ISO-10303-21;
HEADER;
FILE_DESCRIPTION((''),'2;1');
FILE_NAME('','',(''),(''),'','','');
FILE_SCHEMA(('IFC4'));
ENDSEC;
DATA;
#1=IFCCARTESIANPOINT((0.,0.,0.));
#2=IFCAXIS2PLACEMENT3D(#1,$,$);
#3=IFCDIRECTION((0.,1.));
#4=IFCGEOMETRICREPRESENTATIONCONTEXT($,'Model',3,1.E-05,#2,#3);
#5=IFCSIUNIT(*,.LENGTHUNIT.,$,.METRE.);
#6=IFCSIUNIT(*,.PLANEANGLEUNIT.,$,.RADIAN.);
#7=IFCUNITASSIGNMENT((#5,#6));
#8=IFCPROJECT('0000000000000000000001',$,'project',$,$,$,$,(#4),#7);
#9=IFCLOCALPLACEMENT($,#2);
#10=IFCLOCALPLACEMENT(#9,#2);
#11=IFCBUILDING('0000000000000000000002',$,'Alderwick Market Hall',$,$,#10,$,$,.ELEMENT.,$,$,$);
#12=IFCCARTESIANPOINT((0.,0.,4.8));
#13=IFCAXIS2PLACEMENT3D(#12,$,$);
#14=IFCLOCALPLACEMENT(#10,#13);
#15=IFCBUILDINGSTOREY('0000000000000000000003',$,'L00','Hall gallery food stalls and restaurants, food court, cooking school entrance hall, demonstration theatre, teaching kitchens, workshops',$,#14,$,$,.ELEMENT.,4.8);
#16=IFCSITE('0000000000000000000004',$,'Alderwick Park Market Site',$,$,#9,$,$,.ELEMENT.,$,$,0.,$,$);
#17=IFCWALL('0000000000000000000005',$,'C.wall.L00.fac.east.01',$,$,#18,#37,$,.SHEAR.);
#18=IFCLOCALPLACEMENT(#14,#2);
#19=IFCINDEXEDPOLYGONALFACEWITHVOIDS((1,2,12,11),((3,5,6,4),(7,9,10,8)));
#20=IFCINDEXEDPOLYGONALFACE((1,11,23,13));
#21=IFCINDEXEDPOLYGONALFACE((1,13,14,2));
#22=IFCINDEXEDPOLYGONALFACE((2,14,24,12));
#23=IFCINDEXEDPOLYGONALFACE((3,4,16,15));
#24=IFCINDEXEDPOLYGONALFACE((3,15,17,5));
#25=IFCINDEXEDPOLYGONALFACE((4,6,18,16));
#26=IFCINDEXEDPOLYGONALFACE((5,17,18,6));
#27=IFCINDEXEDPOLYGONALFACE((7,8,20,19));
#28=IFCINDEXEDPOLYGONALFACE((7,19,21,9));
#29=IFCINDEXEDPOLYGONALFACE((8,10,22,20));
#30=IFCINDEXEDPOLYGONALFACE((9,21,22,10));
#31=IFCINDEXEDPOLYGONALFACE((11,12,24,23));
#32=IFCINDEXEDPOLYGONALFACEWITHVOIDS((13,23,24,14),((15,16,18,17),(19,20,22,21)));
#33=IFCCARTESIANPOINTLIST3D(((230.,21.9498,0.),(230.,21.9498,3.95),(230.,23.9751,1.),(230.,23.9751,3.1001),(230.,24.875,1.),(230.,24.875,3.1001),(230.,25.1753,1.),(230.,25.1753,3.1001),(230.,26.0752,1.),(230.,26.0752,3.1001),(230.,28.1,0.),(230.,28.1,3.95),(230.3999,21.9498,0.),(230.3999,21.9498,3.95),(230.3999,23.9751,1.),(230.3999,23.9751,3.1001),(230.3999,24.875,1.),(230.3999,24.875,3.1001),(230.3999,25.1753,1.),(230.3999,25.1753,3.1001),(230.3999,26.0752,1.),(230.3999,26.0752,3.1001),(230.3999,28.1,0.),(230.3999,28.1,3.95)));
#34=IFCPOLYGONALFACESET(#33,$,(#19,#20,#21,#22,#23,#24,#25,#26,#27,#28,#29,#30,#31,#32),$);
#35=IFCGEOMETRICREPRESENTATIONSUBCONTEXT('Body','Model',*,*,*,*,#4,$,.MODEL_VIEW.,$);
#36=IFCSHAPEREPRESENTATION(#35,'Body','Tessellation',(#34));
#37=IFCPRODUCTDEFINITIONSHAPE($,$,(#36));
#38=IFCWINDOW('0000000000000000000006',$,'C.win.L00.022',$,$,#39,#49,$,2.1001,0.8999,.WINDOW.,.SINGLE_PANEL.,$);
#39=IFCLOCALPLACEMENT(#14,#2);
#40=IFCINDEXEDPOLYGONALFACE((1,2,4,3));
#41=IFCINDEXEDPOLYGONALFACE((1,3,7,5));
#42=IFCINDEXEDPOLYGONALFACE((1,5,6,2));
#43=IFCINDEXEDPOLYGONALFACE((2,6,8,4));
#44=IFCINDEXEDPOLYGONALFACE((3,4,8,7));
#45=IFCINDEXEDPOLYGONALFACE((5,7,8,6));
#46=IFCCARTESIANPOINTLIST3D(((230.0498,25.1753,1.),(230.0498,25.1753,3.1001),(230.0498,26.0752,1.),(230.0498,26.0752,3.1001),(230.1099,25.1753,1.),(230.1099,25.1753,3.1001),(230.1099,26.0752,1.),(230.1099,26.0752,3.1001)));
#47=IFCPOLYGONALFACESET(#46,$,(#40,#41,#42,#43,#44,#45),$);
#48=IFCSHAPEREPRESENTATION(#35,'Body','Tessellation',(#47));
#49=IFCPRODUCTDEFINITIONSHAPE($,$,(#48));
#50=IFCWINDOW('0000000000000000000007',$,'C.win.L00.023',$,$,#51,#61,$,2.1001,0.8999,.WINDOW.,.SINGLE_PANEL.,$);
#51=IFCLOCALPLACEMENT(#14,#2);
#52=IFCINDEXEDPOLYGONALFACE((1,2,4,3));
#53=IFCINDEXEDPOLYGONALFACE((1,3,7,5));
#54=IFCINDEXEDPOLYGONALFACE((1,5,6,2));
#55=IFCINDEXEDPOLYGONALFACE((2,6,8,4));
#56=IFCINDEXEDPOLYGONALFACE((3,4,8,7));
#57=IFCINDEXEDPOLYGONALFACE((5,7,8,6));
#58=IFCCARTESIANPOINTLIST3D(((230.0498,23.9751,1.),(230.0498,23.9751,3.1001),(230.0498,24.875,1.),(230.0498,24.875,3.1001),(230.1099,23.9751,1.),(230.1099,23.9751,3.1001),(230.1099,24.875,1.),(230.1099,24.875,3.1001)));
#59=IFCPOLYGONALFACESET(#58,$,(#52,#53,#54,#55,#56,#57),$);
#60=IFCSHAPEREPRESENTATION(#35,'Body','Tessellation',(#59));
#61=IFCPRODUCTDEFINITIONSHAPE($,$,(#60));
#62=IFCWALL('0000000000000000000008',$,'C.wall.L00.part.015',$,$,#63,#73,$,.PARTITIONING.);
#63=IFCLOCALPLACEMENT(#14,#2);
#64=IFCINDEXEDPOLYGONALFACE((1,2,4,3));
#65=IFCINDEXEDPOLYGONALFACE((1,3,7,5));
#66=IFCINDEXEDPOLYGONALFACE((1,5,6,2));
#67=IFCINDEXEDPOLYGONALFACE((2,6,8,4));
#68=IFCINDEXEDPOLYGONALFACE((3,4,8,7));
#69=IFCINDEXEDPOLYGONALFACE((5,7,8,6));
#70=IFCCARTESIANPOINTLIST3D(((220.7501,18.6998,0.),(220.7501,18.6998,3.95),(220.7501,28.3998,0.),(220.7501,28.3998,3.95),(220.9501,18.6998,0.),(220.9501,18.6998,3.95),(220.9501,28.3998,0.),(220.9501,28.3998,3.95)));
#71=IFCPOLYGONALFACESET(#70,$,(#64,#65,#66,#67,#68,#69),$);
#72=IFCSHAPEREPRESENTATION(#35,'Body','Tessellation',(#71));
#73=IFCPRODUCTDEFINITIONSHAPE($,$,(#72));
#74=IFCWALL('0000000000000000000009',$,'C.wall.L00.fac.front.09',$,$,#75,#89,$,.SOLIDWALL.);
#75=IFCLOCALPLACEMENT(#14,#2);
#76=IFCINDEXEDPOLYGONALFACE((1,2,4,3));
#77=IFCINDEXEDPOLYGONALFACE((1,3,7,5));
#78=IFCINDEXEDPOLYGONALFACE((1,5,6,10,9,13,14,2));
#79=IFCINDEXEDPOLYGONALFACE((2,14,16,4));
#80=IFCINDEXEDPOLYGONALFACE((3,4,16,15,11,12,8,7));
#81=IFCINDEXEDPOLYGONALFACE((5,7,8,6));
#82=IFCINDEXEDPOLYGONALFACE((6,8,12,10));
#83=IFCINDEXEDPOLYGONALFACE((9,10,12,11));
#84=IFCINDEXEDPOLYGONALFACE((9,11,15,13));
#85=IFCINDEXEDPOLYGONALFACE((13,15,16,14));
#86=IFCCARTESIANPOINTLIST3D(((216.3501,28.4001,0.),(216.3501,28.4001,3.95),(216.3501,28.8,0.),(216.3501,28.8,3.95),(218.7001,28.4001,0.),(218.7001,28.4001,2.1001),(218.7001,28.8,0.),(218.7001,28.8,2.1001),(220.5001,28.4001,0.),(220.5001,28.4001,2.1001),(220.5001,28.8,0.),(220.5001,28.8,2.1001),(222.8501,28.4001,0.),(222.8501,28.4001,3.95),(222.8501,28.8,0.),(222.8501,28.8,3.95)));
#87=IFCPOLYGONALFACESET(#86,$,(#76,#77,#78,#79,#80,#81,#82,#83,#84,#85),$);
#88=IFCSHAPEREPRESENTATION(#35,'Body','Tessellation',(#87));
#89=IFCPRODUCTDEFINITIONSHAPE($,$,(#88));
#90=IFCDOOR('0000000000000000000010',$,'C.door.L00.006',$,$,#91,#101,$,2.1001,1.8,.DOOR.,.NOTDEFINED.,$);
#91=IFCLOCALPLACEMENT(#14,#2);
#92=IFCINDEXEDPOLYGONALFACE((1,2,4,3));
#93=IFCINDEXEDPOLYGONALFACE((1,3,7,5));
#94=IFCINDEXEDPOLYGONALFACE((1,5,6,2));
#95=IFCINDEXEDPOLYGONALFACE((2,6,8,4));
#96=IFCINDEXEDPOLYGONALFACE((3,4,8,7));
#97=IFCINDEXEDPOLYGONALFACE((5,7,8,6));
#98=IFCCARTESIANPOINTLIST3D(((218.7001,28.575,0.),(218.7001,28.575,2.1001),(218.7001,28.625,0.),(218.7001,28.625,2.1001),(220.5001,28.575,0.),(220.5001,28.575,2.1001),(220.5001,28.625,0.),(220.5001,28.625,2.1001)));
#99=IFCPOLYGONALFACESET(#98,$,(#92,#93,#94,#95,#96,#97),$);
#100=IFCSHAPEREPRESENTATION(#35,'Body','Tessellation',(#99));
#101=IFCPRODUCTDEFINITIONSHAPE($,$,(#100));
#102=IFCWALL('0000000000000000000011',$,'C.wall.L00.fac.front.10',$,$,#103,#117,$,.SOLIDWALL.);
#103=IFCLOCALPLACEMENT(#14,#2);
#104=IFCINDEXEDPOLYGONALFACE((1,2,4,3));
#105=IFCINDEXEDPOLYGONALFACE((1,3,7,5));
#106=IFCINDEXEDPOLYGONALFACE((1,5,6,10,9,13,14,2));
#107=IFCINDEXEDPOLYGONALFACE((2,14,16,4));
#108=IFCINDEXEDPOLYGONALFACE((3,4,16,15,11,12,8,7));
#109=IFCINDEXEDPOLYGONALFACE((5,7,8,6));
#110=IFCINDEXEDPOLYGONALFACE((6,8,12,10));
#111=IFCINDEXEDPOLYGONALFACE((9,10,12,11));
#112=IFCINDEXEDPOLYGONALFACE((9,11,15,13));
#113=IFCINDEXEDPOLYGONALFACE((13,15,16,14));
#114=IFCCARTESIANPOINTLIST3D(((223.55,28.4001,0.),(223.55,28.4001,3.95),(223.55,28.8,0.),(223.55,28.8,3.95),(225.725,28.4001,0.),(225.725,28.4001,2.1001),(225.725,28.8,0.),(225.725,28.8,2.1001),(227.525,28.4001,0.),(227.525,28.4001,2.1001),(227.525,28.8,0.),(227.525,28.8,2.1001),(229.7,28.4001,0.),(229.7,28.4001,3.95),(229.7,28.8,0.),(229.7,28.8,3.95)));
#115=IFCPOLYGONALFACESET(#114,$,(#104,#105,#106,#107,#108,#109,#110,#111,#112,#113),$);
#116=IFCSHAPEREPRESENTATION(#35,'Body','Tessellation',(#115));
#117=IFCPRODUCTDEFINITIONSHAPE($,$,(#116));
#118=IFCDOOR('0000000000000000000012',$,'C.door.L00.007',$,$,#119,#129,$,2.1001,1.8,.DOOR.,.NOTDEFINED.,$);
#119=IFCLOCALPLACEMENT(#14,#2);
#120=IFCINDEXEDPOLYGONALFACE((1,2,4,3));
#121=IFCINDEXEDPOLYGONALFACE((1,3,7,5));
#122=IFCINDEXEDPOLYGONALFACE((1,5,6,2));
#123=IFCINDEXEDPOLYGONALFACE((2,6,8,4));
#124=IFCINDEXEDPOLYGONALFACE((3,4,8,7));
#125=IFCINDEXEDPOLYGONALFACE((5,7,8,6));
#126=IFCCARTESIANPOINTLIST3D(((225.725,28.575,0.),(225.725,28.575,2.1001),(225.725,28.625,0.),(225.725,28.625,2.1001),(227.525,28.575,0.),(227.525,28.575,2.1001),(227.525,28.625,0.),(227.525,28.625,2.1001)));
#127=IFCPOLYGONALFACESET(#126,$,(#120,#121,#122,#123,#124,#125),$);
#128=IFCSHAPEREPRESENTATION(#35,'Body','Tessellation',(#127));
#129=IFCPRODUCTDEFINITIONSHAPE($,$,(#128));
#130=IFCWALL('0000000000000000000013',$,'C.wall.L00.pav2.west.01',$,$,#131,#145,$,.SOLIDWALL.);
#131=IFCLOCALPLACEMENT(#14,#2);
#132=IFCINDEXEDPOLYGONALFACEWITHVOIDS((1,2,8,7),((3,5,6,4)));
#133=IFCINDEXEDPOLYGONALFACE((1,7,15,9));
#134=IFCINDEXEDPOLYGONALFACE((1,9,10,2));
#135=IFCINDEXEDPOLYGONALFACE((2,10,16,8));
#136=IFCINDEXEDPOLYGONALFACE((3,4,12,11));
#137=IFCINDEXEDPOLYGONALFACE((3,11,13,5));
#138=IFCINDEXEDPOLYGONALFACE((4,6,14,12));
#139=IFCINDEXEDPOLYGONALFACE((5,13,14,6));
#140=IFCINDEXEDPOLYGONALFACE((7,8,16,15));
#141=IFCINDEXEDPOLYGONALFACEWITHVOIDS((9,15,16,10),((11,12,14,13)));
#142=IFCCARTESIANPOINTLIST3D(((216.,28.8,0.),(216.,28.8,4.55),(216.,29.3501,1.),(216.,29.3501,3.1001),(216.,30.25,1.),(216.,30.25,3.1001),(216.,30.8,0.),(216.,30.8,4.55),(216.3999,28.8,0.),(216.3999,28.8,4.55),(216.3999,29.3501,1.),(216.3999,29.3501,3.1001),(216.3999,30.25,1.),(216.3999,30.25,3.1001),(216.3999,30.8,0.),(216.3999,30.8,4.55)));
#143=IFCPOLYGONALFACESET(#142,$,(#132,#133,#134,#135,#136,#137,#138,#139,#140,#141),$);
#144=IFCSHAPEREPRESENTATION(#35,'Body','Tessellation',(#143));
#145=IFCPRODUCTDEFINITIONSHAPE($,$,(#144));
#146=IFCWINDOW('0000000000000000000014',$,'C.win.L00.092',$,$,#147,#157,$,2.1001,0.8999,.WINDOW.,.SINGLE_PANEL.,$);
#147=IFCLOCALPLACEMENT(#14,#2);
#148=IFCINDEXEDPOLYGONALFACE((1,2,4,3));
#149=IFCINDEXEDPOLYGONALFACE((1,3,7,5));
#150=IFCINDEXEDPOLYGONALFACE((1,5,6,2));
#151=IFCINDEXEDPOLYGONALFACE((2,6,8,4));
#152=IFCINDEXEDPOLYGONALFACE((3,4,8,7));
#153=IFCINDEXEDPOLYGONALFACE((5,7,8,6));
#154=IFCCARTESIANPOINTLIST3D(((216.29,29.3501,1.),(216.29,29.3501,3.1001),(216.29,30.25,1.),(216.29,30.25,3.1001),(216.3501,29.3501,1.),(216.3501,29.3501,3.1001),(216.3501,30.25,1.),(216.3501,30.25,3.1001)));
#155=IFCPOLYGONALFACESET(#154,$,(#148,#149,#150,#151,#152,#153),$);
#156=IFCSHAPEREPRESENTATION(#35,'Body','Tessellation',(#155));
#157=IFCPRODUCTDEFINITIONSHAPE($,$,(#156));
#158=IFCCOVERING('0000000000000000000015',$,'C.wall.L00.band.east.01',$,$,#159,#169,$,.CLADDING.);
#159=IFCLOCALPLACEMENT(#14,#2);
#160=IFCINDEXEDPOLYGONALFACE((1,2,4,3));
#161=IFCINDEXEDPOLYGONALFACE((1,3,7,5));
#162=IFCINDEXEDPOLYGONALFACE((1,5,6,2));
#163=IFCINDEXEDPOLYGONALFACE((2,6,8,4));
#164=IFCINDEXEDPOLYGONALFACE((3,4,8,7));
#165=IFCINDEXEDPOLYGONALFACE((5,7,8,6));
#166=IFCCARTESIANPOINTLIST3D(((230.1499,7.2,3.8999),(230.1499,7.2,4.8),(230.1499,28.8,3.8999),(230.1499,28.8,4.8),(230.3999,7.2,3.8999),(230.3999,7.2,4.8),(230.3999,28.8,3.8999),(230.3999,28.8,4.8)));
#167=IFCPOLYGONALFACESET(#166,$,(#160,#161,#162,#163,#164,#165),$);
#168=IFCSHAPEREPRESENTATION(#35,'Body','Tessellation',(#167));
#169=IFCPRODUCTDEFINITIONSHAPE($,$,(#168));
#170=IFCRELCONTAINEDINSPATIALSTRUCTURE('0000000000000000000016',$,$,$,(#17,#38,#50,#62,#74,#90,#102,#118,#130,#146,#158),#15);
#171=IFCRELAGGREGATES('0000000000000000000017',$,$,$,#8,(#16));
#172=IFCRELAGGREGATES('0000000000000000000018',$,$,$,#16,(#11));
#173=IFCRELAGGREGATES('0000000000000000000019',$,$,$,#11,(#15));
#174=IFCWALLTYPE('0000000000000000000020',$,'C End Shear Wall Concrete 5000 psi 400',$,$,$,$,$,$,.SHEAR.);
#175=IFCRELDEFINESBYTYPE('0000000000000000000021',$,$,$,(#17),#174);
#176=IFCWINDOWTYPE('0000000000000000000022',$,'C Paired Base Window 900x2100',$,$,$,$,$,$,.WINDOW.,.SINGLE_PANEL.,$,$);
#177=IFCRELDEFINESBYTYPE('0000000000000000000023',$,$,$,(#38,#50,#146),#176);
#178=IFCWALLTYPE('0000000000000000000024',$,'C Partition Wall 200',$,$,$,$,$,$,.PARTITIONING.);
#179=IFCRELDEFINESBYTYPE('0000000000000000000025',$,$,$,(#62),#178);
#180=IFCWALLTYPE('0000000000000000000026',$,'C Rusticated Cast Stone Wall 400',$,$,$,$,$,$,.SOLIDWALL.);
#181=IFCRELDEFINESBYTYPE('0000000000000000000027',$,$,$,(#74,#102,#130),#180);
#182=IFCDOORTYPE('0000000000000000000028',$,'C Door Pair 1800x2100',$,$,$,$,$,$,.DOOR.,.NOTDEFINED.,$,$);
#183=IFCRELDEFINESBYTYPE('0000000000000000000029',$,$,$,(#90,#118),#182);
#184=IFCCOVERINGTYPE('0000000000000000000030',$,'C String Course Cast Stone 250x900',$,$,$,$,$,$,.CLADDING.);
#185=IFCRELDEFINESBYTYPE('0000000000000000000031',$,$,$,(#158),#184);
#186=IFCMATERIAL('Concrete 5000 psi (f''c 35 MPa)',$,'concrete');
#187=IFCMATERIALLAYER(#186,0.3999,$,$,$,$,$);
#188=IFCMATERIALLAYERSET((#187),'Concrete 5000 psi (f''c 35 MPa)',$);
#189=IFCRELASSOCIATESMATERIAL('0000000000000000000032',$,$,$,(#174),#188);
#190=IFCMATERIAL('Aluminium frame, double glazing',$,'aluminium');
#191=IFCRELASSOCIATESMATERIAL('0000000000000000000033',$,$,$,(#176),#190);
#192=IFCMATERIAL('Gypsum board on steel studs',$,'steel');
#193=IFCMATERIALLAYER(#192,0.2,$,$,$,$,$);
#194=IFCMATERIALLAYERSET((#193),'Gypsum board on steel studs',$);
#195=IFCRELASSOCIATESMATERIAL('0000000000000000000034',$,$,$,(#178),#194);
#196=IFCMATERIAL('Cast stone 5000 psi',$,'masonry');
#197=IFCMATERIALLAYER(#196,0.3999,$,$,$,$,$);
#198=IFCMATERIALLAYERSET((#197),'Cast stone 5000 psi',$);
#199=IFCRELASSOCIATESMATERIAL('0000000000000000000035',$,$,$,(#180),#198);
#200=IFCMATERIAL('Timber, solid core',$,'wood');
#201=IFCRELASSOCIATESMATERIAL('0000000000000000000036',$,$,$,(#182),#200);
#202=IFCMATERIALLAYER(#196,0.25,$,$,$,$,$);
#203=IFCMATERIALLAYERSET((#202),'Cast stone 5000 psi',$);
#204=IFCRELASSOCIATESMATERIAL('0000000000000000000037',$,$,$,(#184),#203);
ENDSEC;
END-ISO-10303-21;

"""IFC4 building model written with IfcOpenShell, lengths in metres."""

from ifc_helpers import new_model, si_unit, direction, frame, frame_2d, origin, place, context, subcontext, project, spatial, rectangle, extrude, material, layer, layer_set, type_object, element, fill, save


model = new_model("IFC4")

# Units and contexts
model_context = context("Model", 3, precision=1e-05, world=origin(), true_north=direction((0.0, 1.0)))
body_context = subcontext(model_context, "Body", "Model", "MODEL_VIEW")
ifc_project = project(units=[si_unit("LENGTHUNIT", "METRE"), si_unit("PLANEANGLEUNIT", "RADIAN")], contexts=[model_context])

# Site, building, storey
site_placement = place(None, origin())
site = spatial("IfcSite", under=ifc_project, at=site_placement, Name="Alderwick Park Market Site", CompositionType="ELEMENT", RefElevation=0.0)
building_placement = place(site_placement, origin())
building = spatial("IfcBuilding", under=site, at=building_placement, Name="Alderwick Market Hall", CompositionType="ELEMENT")
storey_placement = place(building_placement, frame((0.0, 0.0, 4.8)))
storey = spatial("IfcBuildingStorey", under=building, at=storey_placement, Name="L00", Description="Hall gallery food stalls and restaurants, food court, cooking school entrance hall, demonstration theatre, teaching kitchens, workshops", CompositionType="ELEMENT", Elevation=4.8)

# Shared definitions
ifc_material_1 = material(Name="Concrete 5000 psi (f'c 35 MPa)", Category="concrete")

# Wall, openings, windows
ifc_layer_1 = layer(ifc_material_1, 0.3999)
ifc_layer_set_1 = layer_set([ifc_layer_1], Name="Concrete 5000 psi (f'c 35 MPa)")
wall_type_1 = type_object("IfcWallType", Name="C End Shear Wall Concrete 5000 psi 400", PredefinedType="SHEAR", material=ifc_layer_set_1)
wall_1_placement = place(storey_placement, frame((230.2, 28.1001, 0.0), z_axis=(0.0, 0.0, 1.0), x_axis=(0.0, -1.0, 0.0)))
wall_1 = element("IfcWall", 1, at=wall_1_placement, inside=storey, type_object=wall_type_1, Name="C.wall.L00.fac.east.01", PredefinedType="SHEAR", context=body_context, shape_type="SweptSolid", body=[
    extrude(rectangle(XDim=6.1501, YDim=0.3999, at=frame_2d((3.0752, 0.0))), origin(), (0.0, 0.0, 1.0), 3.95),
])
opening_1_placement = place(wall_1_placement, frame((2.0249, 0.0, 1.0)))
opening_1 = element("IfcOpeningElement", 2, at=opening_1_placement, cuts=wall_1, PredefinedType="OPENING", context=body_context, shape_type="SweptSolid", body=[
    extrude(rectangle(XDim=0.8999, YDim=2.1001, at=frame_2d((0.45, 1.05))), frame((0.0, 0.21, 0.0), z_axis=(0.0, -1.0, 0.0), x_axis=(1.0, 0.0, 0.0)), (0.0, 0.0, 1.0), 0.4199),
])
opening_2_placement = place(wall_1_placement, frame((3.2251, 0.0, 1.0)))
opening_2 = element("IfcOpeningElement", 3, at=opening_2_placement, cuts=wall_1, PredefinedType="OPENING", context=body_context, shape_type="SweptSolid", body=[
    extrude(rectangle(XDim=0.8999, YDim=2.1001, at=frame_2d((0.45, 1.05))), frame((0.0, 0.21, 0.0), z_axis=(0.0, -1.0, 0.0), x_axis=(1.0, 0.0, 0.0)), (0.0, 0.0, 1.0), 0.4199),
])
ifc_material_2 = material(Name="Aluminium frame, double glazing", Category="aluminium")
window_type = type_object("IfcWindowType", Name="C Paired Base Window 900x2100", PartitioningType="SINGLE_PANEL", PredefinedType="WINDOW", material=ifc_material_2)
window_1_placement = place(opening_1_placement, origin())
window_1 = element("IfcWindow", 4, at=window_1_placement, inside=storey, type_object=window_type, Name="C.win.L00.022", OverallHeight=2.1001, OverallWidth=0.8999, PartitioningType="SINGLE_PANEL", PredefinedType="WINDOW", context=body_context, shape_type="SweptSolid", body=[
    extrude(rectangle(XDim=0.8999, YDim=2.1001, at=frame_2d((0.45, 1.05))), frame((0.0, -0.0901, 0.0), z_axis=(0.0, -1.0, 0.0), x_axis=(1.0, 0.0, 0.0)), (0.0, 0.0, 1.0), 0.0601),
])
fill(opening_1, window_1)
window_2_placement = place(opening_2_placement, origin())
window_2 = element("IfcWindow", 5, at=window_2_placement, inside=storey, type_object=window_type, Name="C.win.L00.023", OverallHeight=2.1001, OverallWidth=0.8999, PartitioningType="SINGLE_PANEL", PredefinedType="WINDOW", context=body_context, shape_type="SweptSolid", body=[
    extrude(rectangle(XDim=0.8999, YDim=2.1001, at=frame_2d((0.45, 1.05))), frame((0.0, -0.0901, 0.0), z_axis=(0.0, -1.0, 0.0), x_axis=(1.0, 0.0, 0.0)), (0.0, 0.0, 1.0), 0.0601),
])
fill(opening_2, window_2)

# Wall
ifc_material_3 = material(Name="Gypsum board on steel studs", Category="steel")
ifc_layer_2 = layer(ifc_material_3, 0.2)
ifc_layer_set_2 = layer_set([ifc_layer_2], Name="Gypsum board on steel studs")
wall_type_2 = type_object("IfcWallType", Name="C Partition Wall 200", PredefinedType="PARTITIONING", material=ifc_layer_set_2)
wall_2_placement = place(storey_placement, frame((220.8501, 28.3999, 0.0), z_axis=(0.0, 0.0, 1.0), x_axis=(0.0, -1.0, 0.0)))
element("IfcWall", 6, at=wall_2_placement, inside=storey, type_object=wall_type_2, Name="C.wall.L00.part.015", PredefinedType="PARTITIONING", context=body_context, shape_type="SweptSolid", body=[
    extrude(rectangle(XDim=9.7, YDim=0.2, at=frame_2d((4.8501, 0.0))), origin(), (0.0, 0.0, 1.0), 3.95),
])

# Walls, openings, doors
ifc_material_4 = material(Name="Cast stone 5000 psi", Category="masonry")
ifc_layer_3 = layer(ifc_material_4, 0.3999)
ifc_layer_set_3 = layer_set([ifc_layer_3], Name="Cast stone 5000 psi")
wall_type_3 = type_object("IfcWallType", Name="C Rusticated Cast Stone Wall 400", PredefinedType="SOLIDWALL", material=ifc_layer_set_3)
wall_3_placement = place(storey_placement, frame((216.3501, 28.6001, 0.0), z_axis=(0.0, 0.0, 1.0), x_axis=(1.0, 0.0, 0.0)))
wall_3 = element("IfcWall", 7, at=wall_3_placement, inside=storey, type_object=wall_type_3, Name="C.wall.L00.fac.front.09", PredefinedType="SOLIDWALL", context=body_context, shape_type="SweptSolid", body=[
    extrude(rectangle(XDim=6.5, YDim=0.3999, at=frame_2d((3.25, 0.0))), origin(), (0.0, 0.0, 1.0), 3.95),
])
opening_3_placement = place(wall_3_placement, frame((2.3501, 0.0, 0.0)))
opening_3 = element("IfcOpeningElement", 8, at=opening_3_placement, cuts=wall_3, PredefinedType="OPENING", context=body_context, shape_type="SweptSolid", body=[
    extrude(rectangle(XDim=1.8, YDim=2.1001, at=frame_2d((0.8999, 1.05))), frame((0.0, 0.21, 0.0), z_axis=(0.0, -1.0, 0.0), x_axis=(1.0, 0.0, 0.0)), (0.0, 0.0, 1.0), 0.4199),
])
ifc_material_5 = material(Name="Timber, solid core", Category="wood")
door_type = type_object("IfcDoorType", Name="C Door Pair 1800x2100", OperationType="NOTDEFINED", PredefinedType="DOOR", material=ifc_material_5)
door_1_placement = place(opening_3_placement, origin())
door_1 = element("IfcDoor", 9, at=door_1_placement, inside=storey, type_object=door_type, Name="C.door.L00.006", OperationType="NOTDEFINED", OverallHeight=2.1001, OverallWidth=1.8, PredefinedType="DOOR", context=body_context, shape_type="SweptSolid", body=[
    extrude(rectangle(XDim=1.8, YDim=2.1001, at=frame_2d((0.8999, 1.05))), frame((0.0, 0.0249, 0.0), z_axis=(0.0, -1.0, 0.0), x_axis=(1.0, 0.0, 0.0)), (0.0, 0.0, 1.0), 0.05),
])
fill(opening_3, door_1)
wall_4_placement = place(storey_placement, frame((223.55, 28.6001, 0.0), z_axis=(0.0, 0.0, 1.0), x_axis=(1.0, 0.0, 0.0)))
wall_4 = element("IfcWall", 10, at=wall_4_placement, inside=storey, type_object=wall_type_3, Name="C.wall.L00.fac.front.10", PredefinedType="SOLIDWALL", context=body_context, shape_type="SweptSolid", body=[
    extrude(rectangle(XDim=6.1499, YDim=0.3999, at=frame_2d((3.075, 0.0))), origin(), (0.0, 0.0, 1.0), 3.95),
])
opening_4_placement = place(wall_4_placement, frame((2.175, 0.0, 0.0)))
opening_4 = element("IfcOpeningElement", 11, at=opening_4_placement, cuts=wall_4, PredefinedType="OPENING", context=body_context, shape_type="SweptSolid", body=[
    extrude(rectangle(XDim=1.8, YDim=2.1001, at=frame_2d((0.8999, 1.05))), frame((0.0, 0.21, 0.0), z_axis=(0.0, -1.0, 0.0), x_axis=(1.0, 0.0, 0.0)), (0.0, 0.0, 1.0), 0.4199),
])
door_2_placement = place(opening_4_placement, origin())
door_2 = element("IfcDoor", 12, at=door_2_placement, inside=storey, type_object=door_type, Name="C.door.L00.007", OperationType="NOTDEFINED", OverallHeight=2.1001, OverallWidth=1.8, PredefinedType="DOOR", context=body_context, shape_type="SweptSolid", body=[
    extrude(rectangle(XDim=1.8, YDim=2.1001, at=frame_2d((0.8999, 1.05))), frame((0.0, 0.0249, 0.0), z_axis=(0.0, -1.0, 0.0), x_axis=(1.0, 0.0, 0.0)), (0.0, 0.0, 1.0), 0.05),
])
fill(opening_4, door_2)

# Wall, opening, window
wall_5_placement = place(storey_placement, frame((216.2, 28.8, 0.0), z_axis=(0.0, 0.0, 1.0), x_axis=(0.0, 1.0, 0.0)))
wall_5 = element("IfcWall", 13, at=wall_5_placement, inside=storey, type_object=wall_type_3, Name="C.wall.L00.pav2.west.01", PredefinedType="SOLIDWALL", context=body_context, shape_type="SweptSolid", body=[
    extrude(rectangle(XDim=2.0, YDim=0.3999, at=frame_2d((1.0, 0.0))), origin(), (0.0, 0.0, 1.0), 4.55),
])
opening_5_placement = place(wall_5_placement, frame((0.55, 0.0, 1.0)))
opening_5 = element("IfcOpeningElement", 14, at=opening_5_placement, cuts=wall_5, PredefinedType="OPENING", context=body_context, shape_type="SweptSolid", body=[
    extrude(rectangle(XDim=0.8999, YDim=2.1001, at=frame_2d((0.45, 1.05))), frame((0.0, 0.21, 0.0), z_axis=(0.0, -1.0, 0.0), x_axis=(1.0, 0.0, 0.0)), (0.0, 0.0, 1.0), 0.4199),
])
window_3_placement = place(opening_5_placement, origin())
window_3 = element("IfcWindow", 15, at=window_3_placement, inside=storey, type_object=window_type, Name="C.win.L00.092", OverallHeight=2.1001, OverallWidth=0.8999, PartitioningType="SINGLE_PANEL", PredefinedType="WINDOW", context=body_context, shape_type="SweptSolid", body=[
    extrude(rectangle(XDim=0.8999, YDim=2.1001, at=frame_2d((0.45, 1.05))), frame((0.0, -0.0901, 0.0), z_axis=(0.0, -1.0, 0.0), x_axis=(1.0, 0.0, 0.0)), (0.0, 0.0, 1.0), 0.0601),
])
fill(opening_5, window_3)

# Covering
ifc_layer_4 = layer(ifc_material_4, 0.25)
ifc_layer_set_4 = layer_set([ifc_layer_4], Name="Cast stone 5000 psi")
covering_type = type_object("IfcCoveringType", Name="C String Course Cast Stone 250x900", PredefinedType="CLADDING", material=ifc_layer_set_4)
covering_placement = place(storey_placement, frame((230.2749, 28.8, 3.8999), z_axis=(0.0, 0.0, 1.0), x_axis=(0.0, -1.0, 0.0)))
element("IfcCovering", 16, at=covering_placement, inside=storey, type_object=covering_type, Name="C.wall.L00.band.east.01", PredefinedType="CLADDING", context=body_context, shape_type="SweptSolid", body=[
    extrude(rectangle(XDim=21.6001, YDim=0.25, at=frame_2d((10.8, 0.0))), origin(), (0.0, 0.0, 1.0), 0.9001),
])

save(model, "model.ifc")
